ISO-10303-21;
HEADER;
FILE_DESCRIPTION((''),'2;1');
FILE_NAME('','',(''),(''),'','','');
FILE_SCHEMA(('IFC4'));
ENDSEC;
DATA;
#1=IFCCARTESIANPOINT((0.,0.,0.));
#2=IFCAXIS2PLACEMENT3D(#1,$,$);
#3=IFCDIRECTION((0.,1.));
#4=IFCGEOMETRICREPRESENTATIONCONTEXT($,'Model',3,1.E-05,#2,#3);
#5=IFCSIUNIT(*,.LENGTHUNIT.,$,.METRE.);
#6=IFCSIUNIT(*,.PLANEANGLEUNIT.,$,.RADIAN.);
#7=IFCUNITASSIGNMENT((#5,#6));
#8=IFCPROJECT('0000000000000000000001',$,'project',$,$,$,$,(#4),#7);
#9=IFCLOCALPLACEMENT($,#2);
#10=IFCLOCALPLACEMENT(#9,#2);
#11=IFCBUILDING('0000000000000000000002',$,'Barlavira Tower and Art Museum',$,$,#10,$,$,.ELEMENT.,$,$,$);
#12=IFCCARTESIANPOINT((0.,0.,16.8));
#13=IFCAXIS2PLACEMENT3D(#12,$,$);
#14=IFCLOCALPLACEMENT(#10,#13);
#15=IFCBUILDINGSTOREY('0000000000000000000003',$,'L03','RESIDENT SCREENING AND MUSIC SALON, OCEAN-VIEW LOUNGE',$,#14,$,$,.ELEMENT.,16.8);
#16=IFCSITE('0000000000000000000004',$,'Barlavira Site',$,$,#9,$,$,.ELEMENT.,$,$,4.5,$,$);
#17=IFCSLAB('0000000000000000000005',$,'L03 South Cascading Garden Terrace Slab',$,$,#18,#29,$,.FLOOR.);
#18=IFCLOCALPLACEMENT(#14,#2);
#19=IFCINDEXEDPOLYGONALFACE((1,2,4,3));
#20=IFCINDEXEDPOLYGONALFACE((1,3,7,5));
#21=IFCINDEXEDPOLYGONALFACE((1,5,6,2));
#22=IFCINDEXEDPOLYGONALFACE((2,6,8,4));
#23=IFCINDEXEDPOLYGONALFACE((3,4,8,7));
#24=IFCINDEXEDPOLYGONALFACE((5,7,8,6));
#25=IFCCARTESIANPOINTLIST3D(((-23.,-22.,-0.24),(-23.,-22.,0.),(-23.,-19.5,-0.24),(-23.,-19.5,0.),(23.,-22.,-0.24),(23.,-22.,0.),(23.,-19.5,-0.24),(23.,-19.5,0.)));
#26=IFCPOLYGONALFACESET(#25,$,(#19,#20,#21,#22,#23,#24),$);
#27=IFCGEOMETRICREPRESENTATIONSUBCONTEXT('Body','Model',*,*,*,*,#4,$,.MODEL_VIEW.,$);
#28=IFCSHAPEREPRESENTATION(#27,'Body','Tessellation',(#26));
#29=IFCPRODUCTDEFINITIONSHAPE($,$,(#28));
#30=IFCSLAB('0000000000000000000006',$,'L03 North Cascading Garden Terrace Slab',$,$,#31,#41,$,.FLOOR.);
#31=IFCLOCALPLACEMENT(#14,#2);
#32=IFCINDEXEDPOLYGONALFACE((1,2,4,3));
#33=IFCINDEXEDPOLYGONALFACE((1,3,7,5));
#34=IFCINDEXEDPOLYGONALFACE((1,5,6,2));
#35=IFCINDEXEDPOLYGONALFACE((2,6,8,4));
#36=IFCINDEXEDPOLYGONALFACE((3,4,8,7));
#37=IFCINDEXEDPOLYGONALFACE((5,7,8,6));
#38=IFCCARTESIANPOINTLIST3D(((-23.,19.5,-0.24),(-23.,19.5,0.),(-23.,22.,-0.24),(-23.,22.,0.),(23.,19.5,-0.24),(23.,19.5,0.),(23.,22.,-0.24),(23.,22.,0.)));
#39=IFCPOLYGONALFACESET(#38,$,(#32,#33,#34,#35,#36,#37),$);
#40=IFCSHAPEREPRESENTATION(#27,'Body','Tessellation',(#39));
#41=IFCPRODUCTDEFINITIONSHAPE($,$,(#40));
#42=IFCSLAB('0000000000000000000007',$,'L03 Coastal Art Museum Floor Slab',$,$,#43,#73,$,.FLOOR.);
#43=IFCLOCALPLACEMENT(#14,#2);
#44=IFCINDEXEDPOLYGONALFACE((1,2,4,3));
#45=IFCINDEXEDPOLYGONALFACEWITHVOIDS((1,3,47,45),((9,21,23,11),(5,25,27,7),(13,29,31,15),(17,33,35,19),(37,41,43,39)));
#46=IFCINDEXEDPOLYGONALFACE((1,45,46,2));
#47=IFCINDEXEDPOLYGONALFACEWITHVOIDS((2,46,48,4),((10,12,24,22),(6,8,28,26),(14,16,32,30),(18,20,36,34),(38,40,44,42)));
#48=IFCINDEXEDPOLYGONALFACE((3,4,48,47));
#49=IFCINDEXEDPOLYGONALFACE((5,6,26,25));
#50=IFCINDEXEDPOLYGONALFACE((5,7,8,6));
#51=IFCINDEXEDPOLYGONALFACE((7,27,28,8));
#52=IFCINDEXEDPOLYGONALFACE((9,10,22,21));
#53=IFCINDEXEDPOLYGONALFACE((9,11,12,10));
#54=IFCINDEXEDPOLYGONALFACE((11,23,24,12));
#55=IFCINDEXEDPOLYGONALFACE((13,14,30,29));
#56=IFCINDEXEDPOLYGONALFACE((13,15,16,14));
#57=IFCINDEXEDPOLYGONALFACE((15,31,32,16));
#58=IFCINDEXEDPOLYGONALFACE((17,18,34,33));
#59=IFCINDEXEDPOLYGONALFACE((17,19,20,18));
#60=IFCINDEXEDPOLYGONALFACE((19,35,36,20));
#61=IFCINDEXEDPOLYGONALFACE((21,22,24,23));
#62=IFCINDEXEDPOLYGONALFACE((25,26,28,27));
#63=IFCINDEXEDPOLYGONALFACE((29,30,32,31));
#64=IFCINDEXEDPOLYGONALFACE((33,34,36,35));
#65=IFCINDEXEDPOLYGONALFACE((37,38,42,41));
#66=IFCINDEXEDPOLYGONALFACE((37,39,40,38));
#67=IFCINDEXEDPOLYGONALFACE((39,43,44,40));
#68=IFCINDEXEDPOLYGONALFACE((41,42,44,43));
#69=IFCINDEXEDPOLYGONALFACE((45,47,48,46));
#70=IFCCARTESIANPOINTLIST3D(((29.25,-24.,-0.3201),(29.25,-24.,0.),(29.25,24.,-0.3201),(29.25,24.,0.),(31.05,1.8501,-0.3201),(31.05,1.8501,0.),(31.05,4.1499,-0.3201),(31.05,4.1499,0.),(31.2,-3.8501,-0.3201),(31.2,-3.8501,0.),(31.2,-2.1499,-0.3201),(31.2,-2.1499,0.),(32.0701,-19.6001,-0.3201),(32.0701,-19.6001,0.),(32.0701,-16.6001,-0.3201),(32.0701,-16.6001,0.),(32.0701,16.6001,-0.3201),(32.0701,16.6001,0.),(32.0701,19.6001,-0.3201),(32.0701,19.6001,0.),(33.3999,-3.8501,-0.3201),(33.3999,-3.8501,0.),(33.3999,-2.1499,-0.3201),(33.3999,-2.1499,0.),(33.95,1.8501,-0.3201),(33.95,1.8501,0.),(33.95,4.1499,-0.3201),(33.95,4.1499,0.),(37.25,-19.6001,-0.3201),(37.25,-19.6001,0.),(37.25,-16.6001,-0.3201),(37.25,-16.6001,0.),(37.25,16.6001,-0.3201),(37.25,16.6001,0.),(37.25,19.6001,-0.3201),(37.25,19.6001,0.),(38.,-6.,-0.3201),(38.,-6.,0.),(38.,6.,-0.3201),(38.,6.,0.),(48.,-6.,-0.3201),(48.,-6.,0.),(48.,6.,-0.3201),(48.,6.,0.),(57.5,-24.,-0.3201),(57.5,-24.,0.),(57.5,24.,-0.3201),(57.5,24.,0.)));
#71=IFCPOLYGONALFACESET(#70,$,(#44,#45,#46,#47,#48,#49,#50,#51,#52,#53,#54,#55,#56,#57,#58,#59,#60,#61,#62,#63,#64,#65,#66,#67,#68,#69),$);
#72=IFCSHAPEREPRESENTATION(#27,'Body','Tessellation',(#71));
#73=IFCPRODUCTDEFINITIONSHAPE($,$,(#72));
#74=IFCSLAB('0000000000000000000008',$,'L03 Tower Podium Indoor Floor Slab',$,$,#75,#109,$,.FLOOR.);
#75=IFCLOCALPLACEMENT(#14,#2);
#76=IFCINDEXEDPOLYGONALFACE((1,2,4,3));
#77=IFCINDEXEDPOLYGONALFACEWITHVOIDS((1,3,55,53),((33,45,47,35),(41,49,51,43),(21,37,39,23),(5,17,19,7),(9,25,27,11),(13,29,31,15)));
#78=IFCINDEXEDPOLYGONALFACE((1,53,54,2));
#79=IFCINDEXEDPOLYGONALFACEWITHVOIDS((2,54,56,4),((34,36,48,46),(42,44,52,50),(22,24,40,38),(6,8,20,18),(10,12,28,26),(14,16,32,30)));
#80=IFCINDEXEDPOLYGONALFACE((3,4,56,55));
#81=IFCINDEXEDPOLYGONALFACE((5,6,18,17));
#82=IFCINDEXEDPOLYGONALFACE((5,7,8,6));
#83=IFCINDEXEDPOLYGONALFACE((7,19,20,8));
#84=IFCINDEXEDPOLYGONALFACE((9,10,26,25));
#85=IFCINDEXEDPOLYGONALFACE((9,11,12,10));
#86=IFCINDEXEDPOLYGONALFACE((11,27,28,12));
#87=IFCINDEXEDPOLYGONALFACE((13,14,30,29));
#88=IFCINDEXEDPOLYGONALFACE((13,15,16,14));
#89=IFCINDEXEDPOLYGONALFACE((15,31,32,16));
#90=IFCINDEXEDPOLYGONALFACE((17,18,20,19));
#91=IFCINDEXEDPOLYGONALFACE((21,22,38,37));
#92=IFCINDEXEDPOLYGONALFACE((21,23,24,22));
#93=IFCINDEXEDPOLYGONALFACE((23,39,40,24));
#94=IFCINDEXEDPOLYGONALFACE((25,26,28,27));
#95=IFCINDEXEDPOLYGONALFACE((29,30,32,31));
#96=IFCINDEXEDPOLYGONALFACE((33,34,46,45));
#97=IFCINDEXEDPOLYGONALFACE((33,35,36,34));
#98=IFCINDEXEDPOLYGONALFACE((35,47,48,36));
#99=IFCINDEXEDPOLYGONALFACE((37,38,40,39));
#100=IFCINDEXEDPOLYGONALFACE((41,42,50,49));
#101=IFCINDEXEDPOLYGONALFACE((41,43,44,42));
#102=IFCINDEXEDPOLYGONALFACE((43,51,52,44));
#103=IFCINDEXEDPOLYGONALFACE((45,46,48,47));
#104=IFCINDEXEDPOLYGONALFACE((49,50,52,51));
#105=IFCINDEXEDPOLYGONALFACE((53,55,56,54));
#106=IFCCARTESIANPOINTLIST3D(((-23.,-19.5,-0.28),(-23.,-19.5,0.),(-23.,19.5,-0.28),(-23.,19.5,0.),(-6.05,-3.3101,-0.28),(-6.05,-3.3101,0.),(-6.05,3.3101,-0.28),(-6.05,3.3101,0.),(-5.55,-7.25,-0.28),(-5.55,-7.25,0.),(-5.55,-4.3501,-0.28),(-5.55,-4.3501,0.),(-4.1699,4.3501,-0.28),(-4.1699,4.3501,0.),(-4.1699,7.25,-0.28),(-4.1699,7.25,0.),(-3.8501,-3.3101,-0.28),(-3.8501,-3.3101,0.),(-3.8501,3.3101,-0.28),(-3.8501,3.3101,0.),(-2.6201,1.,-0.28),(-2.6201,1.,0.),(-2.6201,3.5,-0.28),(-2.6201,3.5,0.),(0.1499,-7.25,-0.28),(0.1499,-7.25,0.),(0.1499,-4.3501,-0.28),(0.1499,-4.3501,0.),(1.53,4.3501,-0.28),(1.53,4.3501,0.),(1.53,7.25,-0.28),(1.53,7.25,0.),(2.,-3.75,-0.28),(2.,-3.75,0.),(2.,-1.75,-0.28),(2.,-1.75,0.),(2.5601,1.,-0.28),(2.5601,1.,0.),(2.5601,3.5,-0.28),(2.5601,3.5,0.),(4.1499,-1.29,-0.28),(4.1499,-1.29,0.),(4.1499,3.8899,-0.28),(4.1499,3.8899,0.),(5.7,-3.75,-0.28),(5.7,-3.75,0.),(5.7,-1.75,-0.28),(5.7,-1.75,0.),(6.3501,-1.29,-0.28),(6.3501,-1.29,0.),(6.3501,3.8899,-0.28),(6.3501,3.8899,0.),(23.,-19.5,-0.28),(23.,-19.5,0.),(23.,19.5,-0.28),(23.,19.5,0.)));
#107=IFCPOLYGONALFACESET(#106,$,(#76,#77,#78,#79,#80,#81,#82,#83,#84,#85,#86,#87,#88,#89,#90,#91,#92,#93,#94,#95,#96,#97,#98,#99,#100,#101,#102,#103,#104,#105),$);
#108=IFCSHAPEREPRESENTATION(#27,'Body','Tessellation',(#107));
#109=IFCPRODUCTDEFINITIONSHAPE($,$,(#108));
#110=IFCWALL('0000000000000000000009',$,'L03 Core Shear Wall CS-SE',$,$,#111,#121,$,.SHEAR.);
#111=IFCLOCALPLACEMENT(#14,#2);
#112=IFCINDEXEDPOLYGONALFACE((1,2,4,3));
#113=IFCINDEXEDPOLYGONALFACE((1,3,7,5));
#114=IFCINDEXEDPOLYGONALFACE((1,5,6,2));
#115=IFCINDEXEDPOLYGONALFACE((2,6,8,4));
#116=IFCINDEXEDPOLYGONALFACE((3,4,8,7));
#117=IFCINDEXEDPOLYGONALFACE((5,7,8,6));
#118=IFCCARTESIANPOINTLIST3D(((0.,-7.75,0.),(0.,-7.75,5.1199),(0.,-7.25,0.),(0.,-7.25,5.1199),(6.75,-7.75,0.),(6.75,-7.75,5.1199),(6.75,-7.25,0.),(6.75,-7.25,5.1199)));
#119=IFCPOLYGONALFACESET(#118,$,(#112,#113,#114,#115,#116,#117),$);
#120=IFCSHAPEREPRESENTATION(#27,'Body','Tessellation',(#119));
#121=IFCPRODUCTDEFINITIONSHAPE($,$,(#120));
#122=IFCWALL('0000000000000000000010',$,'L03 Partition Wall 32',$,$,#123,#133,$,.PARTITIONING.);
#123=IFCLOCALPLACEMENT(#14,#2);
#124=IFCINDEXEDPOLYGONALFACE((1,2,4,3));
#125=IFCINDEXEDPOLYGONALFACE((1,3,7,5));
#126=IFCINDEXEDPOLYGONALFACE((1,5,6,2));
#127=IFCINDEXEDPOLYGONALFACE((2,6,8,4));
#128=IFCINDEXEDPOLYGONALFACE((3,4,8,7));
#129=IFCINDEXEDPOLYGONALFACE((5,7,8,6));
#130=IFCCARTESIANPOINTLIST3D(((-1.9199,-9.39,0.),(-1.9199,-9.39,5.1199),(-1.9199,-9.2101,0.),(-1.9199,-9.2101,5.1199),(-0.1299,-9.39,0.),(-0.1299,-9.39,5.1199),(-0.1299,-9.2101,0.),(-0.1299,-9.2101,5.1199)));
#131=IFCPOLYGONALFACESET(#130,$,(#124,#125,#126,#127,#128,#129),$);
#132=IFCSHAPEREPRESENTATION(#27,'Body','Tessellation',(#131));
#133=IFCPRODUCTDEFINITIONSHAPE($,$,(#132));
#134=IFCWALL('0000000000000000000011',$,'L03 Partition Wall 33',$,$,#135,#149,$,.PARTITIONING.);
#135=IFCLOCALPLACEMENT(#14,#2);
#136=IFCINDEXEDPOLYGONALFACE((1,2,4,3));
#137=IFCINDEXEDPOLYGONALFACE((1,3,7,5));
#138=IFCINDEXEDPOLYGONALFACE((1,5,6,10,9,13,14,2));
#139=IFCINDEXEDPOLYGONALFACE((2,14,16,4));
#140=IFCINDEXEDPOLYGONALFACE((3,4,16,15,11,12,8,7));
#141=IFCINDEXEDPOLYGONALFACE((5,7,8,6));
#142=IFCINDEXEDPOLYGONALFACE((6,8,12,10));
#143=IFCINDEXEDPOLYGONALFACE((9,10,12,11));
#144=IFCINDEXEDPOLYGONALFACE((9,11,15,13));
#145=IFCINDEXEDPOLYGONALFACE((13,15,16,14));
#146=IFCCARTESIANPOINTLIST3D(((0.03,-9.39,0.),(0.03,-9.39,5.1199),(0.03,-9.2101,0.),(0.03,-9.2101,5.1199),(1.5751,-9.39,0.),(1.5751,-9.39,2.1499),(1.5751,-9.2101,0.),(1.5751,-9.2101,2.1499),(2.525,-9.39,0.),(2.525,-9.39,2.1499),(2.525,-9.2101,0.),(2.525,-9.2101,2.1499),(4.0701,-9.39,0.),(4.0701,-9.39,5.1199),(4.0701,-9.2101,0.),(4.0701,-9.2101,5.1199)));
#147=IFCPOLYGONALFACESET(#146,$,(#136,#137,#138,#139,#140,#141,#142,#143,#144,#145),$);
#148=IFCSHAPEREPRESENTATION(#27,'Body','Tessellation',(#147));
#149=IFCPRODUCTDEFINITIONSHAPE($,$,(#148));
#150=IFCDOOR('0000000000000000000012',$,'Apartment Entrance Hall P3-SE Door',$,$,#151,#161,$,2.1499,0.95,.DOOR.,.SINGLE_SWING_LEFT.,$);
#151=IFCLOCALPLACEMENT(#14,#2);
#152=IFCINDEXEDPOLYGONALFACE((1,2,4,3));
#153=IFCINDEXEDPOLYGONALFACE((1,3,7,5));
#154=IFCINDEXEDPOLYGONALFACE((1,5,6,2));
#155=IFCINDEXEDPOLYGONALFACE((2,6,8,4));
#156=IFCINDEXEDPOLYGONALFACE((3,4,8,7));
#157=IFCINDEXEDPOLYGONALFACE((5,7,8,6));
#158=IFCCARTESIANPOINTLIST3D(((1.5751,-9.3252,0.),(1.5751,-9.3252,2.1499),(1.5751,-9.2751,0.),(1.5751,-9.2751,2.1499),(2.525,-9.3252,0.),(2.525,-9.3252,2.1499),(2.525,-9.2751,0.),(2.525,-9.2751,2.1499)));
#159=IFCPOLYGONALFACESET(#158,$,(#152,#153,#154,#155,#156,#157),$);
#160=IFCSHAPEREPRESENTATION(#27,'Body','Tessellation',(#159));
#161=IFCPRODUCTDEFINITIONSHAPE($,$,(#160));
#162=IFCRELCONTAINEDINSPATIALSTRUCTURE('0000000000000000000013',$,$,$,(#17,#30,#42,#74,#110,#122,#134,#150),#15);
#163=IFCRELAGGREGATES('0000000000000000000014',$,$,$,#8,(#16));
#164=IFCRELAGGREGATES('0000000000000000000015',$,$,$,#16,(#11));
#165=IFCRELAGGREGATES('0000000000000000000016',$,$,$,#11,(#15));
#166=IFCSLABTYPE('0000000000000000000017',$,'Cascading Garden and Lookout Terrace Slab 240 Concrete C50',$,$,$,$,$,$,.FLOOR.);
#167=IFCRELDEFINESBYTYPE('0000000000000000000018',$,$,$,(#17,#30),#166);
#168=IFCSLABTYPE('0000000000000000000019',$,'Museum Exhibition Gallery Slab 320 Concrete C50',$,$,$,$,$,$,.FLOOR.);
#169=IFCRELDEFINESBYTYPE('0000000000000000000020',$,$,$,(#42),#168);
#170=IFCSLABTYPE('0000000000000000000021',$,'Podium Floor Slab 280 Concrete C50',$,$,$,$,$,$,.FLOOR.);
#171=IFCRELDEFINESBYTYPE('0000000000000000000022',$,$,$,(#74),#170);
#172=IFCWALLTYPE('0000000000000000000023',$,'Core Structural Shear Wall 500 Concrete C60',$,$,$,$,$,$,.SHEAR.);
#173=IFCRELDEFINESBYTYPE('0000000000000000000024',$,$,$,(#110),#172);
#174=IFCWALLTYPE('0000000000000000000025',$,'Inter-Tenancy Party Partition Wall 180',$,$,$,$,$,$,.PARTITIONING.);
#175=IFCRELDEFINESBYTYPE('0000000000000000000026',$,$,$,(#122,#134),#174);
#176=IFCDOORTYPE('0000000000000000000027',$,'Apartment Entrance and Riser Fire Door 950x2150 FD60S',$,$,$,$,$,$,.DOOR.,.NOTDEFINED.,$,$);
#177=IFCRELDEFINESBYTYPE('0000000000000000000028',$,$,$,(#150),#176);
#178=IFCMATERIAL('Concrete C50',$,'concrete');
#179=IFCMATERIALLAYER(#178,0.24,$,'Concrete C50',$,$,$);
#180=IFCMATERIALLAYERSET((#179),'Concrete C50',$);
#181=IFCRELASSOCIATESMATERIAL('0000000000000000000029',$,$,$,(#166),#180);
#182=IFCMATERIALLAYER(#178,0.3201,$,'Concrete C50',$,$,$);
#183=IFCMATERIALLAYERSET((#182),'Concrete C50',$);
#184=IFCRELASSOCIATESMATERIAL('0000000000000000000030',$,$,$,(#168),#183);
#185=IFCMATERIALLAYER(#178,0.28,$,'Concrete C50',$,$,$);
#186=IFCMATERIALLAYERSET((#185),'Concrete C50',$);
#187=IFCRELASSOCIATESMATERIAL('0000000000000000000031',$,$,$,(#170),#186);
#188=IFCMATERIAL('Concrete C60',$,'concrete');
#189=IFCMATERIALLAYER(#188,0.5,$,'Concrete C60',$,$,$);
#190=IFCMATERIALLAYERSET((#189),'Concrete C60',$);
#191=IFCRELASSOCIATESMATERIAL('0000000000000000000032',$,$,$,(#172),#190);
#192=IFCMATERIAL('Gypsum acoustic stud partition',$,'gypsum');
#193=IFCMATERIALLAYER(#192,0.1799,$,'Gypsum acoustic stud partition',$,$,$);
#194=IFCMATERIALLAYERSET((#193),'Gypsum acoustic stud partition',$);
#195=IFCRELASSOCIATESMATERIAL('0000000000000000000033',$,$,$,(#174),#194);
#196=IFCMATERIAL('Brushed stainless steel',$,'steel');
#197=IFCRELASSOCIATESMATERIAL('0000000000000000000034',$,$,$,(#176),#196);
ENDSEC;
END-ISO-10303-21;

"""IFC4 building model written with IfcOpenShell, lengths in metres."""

from ifc_helpers import new_model, si_unit, direction, frame, frame_2d, origin, place, context, subcontext, project, spatial, polyline, rectangle, outline, extrude, material, layer, layer_set, type_object, element, fill, save


model = new_model("IFC4")

# Units and contexts
model_context = context("Model", 3, precision=1e-05, world=origin(), true_north=direction((0.0, 1.0)))
body_context = subcontext(model_context, "Body", "Model", "MODEL_VIEW")
ifc_project = project(units=[si_unit("LENGTHUNIT", "METRE"), si_unit("PLANEANGLEUNIT", "RADIAN")], contexts=[model_context])

# Site, building, storey
site_placement = place(None, origin())
site = spatial("IfcSite", under=ifc_project, at=site_placement, Name="Barlavira Site", CompositionType="ELEMENT", RefElevation=4.5)
building_placement = place(site_placement, origin())
building = spatial("IfcBuilding", under=site, at=building_placement, Name="Barlavira Tower and Art Museum", CompositionType="ELEMENT")
storey_placement = place(building_placement, frame((0.0, 0.0, 16.8)))
storey = spatial("IfcBuildingStorey", under=building, at=storey_placement, Name="L03", Description="RESIDENT SCREENING AND MUSIC SALON, OCEAN-VIEW LOUNGE", CompositionType="ELEMENT", Elevation=16.8)

# Slabs
ifc_material_1 = material(Name="Concrete C50", Category="concrete")
ifc_layer_1 = layer(ifc_material_1, 0.24, Name="Concrete C50")
ifc_layer_set_1 = layer_set([ifc_layer_1], Name="Concrete C50")
slab_type_1 = type_object("IfcSlabType", Name="Cascading Garden and Lookout Terrace Slab 240 Concrete C50", PredefinedType="FLOOR", material=ifc_layer_set_1)
slab_1_placement = place(storey_placement, frame((0.0, 0.0, -0.24)))
element("IfcSlab", 1, at=slab_1_placement, inside=storey, type_object=slab_type_1, Name="L03 South Cascading Garden Terrace Slab", PredefinedType="FLOOR", context=body_context, shape_type="SweptSolid", body=[
    extrude(outline(polyline([(-23.0, -22.0), (23.0, -22.0), (23.0, -19.5), (-23.0, -19.5), (-23.0, -22.0)])), origin(), (0.0, 0.0, 1.0), 0.24),
])
slab_2_placement = place(storey_placement, frame((0.0, 0.0, -0.24)))
element("IfcSlab", 2, at=slab_2_placement, inside=storey, type_object=slab_type_1, Name="L03 North Cascading Garden Terrace Slab", PredefinedType="FLOOR", context=body_context, shape_type="SweptSolid", body=[
    extrude(outline(polyline([(-23.0, 19.5), (23.0, 19.5), (23.0, 22.0), (-23.0, 22.0), (-23.0, 19.5)])), origin(), (0.0, 0.0, 1.0), 0.24),
])
ifc_layer_2 = layer(ifc_material_1, 0.3201, Name="Concrete C50")
ifc_layer_set_2 = layer_set([ifc_layer_2], Name="Concrete C50")
slab_type_2 = type_object("IfcSlabType", Name="Museum Exhibition Gallery Slab 320 Concrete C50", PredefinedType="FLOOR", material=ifc_layer_set_2)
slab_3_placement = place(storey_placement, frame((0.0, 0.0, -0.3201)))
element("IfcSlab", 3, at=slab_3_placement, inside=storey, type_object=slab_type_2, Name="L03 Coastal Art Museum Floor Slab", PredefinedType="FLOOR", context=body_context, shape_type="SweptSolid", body=[
    extrude(outline(polyline([(29.25, -24.0), (57.5, -24.0), (57.5, 24.0), (29.25, 24.0), (29.25, -24.0)]), holes=[polyline([(32.0701, -19.6001), (37.25, -19.6001), (37.25, -16.6001), (32.0701, -16.6001), (32.0701, -19.6001)]), polyline([(32.0701, 16.6001), (37.25, 16.6001), (37.25, 19.6001), (32.0701, 19.6001), (32.0701, 16.6001)]), polyline([(31.2, -3.8501), (33.3999, -3.8501), (33.3999, -2.1499), (31.2, -2.1499), (31.2, -3.8501)]), polyline([(31.05, 1.8501), (33.95, 1.8501), (33.95, 4.1499), (31.05, 4.1499), (31.05, 1.8501)]), polyline([(38.0, -6.0), (48.0, -6.0), (48.0, 6.0), (38.0, 6.0), (38.0, -6.0)])]), origin(), (0.0, 0.0, 1.0), 0.3201),
])
ifc_layer_3 = layer(ifc_material_1, 0.28, Name="Concrete C50")
ifc_layer_set_3 = layer_set([ifc_layer_3], Name="Concrete C50")
slab_type_3 = type_object("IfcSlabType", Name="Podium Floor Slab 280 Concrete C50", PredefinedType="FLOOR", material=ifc_layer_set_3)
slab_4_placement = place(storey_placement, frame((0.0, 0.0, -0.28)))
element("IfcSlab", 4, at=slab_4_placement, inside=storey, type_object=slab_type_3, Name="L03 Tower Podium Indoor Floor Slab", PredefinedType="FLOOR", context=body_context, shape_type="SweptSolid", body=[
    extrude(outline(polyline([(-23.0, -19.5), (23.0, -19.5), (23.0, 19.5), (-23.0, 19.5), (-23.0, -19.5)]), holes=[polyline([(0.1499, -4.3501), (-5.55, -4.3501), (-5.55, -7.25), (0.1499, -7.25), (0.1499, -4.3501)]), polyline([(-4.1699, 4.3501), (1.53, 4.3501), (1.53, 7.25), (-4.1699, 7.25), (-4.1699, 4.3501)]), polyline([(-6.05, -3.3101), (-3.8501, -3.3101), (-3.8501, 3.3101), (-6.05, 3.3101), (-6.05, -3.3101)]), polyline([(4.1499, -1.29), (6.3501, -1.29), (6.3501, 3.8899), (4.1499, 3.8899), (4.1499, -1.29)]), polyline([(-2.6201, 1.0), (2.5601, 1.0), (2.5601, 3.5), (-2.6201, 3.5), (-2.6201, 1.0)]), polyline([(2.0, -3.75), (5.7, -3.75), (5.7, -1.75), (2.0, -1.75), (2.0, -3.75)])]), origin(), (0.0, 0.0, 1.0), 0.28),
])

# Wall
ifc_material_2 = material(Name="Concrete C60", Category="concrete")
ifc_layer_4 = layer(ifc_material_2, 0.5, Name="Concrete C60")
ifc_layer_set_4 = layer_set([ifc_layer_4], Name="Concrete C60")
wall_type_1 = type_object("IfcWallType", Name="Core Structural Shear Wall 500 Concrete C60", PredefinedType="SHEAR", material=ifc_layer_set_4)
wall_1_placement = place(storey_placement, frame((0.0, -7.5, 0.0), z_axis=(0.0, 0.0, 1.0), x_axis=(1.0, 0.0, 0.0)))
element("IfcWall", 5, at=wall_1_placement, inside=storey, type_object=wall_type_1, Name="L03 Core Shear Wall CS-SE", PredefinedType="SHEAR", context=body_context, shape_type="SweptSolid", body=[
    extrude(rectangle(XDim=6.75, YDim=0.5, at=frame_2d((3.375, 0.0))), origin(), (0.0, 0.0, 1.0), 5.1199),
])

# Shared definitions
ifc_material_3 = material(Name="Brushed stainless steel", Category="steel")

# Wall
ifc_material_4 = material(Name="Gypsum acoustic stud partition", Category="gypsum")
ifc_layer_5 = layer(ifc_material_4, 0.1799, Name="Gypsum acoustic stud partition")
ifc_layer_set_5 = layer_set([ifc_layer_5], Name="Gypsum acoustic stud partition")
wall_type_2 = type_object("IfcWallType", Name="Inter-Tenancy Party Partition Wall 180", PredefinedType="PARTITIONING", material=ifc_layer_set_5)
wall_2_placement = place(storey_placement, frame((-1.9199, -9.3, 0.0), z_axis=(0.0, 0.0, 1.0), x_axis=(1.0, 0.0, 0.0)))
element("IfcWall", 6, at=wall_2_placement, inside=storey, type_object=wall_type_2, Name="L03 Partition Wall 32", PredefinedType="PARTITIONING", context=body_context, shape_type="SweptSolid", body=[
    extrude(rectangle(XDim=1.79, YDim=0.1799, at=frame_2d((0.895, 0.0))), origin(), (0.0, 0.0, 1.0), 5.1199),
])

# Wall, opening, door
wall_3_placement = place(storey_placement, frame((0.03, -9.3, 0.0), z_axis=(0.0, 0.0, 1.0), x_axis=(1.0, 0.0, 0.0)))
wall_3 = element("IfcWall", 7, at=wall_3_placement, inside=storey, type_object=wall_type_2, Name="L03 Partition Wall 33", PredefinedType="PARTITIONING", context=body_context, shape_type="SweptSolid", body=[
    extrude(rectangle(XDim=4.04, YDim=0.1799, at=frame_2d((2.02, 0.0))), origin(), (0.0, 0.0, 1.0), 5.1199),
])
opening_1_placement = place(wall_3_placement, frame((1.5449, 0.0, 0.0)))
opening_1 = element("IfcOpeningElement", 8, at=opening_1_placement, cuts=wall_3, PredefinedType="OPENING", context=body_context, shape_type="SweptSolid", body=[
    extrude(rectangle(XDim=0.95, YDim=2.1499, at=frame_2d((0.4751, 1.075))), frame((0.0, 0.1001, 0.0), z_axis=(0.0, -1.0, 0.0), x_axis=(1.0, 0.0, 0.0)), (0.0, 0.0, 1.0), 0.2),
])
door_type_1 = type_object("IfcDoorType", Name="Apartment Entrance and Riser Fire Door 950x2150 FD60S", OperationType="NOTDEFINED", PredefinedType="DOOR", material=ifc_material_3)
door_1_placement = place(opening_1_placement, origin())
door_1 = element("IfcDoor", 9, at=door_1_placement, inside=storey, type_object=door_type_1, Name="Apartment Entrance Hall P3-SE Door", OperationType="SINGLE_SWING_LEFT", OverallHeight=2.1499, OverallWidth=0.95, PredefinedType="DOOR", context=body_context, shape_type="SweptSolid", body=[
    extrude(rectangle(XDim=0.95, YDim=2.1499, at=frame_2d((0.4751, 1.075))), frame((0.0, 0.0249, 0.0), z_axis=(0.0, -1.0, 0.0), x_axis=(1.0, 0.0, 0.0)), (0.0, 0.0, 1.0), 0.05),
])
fill(opening_1, door_1)

save(model, "model.ifc")
